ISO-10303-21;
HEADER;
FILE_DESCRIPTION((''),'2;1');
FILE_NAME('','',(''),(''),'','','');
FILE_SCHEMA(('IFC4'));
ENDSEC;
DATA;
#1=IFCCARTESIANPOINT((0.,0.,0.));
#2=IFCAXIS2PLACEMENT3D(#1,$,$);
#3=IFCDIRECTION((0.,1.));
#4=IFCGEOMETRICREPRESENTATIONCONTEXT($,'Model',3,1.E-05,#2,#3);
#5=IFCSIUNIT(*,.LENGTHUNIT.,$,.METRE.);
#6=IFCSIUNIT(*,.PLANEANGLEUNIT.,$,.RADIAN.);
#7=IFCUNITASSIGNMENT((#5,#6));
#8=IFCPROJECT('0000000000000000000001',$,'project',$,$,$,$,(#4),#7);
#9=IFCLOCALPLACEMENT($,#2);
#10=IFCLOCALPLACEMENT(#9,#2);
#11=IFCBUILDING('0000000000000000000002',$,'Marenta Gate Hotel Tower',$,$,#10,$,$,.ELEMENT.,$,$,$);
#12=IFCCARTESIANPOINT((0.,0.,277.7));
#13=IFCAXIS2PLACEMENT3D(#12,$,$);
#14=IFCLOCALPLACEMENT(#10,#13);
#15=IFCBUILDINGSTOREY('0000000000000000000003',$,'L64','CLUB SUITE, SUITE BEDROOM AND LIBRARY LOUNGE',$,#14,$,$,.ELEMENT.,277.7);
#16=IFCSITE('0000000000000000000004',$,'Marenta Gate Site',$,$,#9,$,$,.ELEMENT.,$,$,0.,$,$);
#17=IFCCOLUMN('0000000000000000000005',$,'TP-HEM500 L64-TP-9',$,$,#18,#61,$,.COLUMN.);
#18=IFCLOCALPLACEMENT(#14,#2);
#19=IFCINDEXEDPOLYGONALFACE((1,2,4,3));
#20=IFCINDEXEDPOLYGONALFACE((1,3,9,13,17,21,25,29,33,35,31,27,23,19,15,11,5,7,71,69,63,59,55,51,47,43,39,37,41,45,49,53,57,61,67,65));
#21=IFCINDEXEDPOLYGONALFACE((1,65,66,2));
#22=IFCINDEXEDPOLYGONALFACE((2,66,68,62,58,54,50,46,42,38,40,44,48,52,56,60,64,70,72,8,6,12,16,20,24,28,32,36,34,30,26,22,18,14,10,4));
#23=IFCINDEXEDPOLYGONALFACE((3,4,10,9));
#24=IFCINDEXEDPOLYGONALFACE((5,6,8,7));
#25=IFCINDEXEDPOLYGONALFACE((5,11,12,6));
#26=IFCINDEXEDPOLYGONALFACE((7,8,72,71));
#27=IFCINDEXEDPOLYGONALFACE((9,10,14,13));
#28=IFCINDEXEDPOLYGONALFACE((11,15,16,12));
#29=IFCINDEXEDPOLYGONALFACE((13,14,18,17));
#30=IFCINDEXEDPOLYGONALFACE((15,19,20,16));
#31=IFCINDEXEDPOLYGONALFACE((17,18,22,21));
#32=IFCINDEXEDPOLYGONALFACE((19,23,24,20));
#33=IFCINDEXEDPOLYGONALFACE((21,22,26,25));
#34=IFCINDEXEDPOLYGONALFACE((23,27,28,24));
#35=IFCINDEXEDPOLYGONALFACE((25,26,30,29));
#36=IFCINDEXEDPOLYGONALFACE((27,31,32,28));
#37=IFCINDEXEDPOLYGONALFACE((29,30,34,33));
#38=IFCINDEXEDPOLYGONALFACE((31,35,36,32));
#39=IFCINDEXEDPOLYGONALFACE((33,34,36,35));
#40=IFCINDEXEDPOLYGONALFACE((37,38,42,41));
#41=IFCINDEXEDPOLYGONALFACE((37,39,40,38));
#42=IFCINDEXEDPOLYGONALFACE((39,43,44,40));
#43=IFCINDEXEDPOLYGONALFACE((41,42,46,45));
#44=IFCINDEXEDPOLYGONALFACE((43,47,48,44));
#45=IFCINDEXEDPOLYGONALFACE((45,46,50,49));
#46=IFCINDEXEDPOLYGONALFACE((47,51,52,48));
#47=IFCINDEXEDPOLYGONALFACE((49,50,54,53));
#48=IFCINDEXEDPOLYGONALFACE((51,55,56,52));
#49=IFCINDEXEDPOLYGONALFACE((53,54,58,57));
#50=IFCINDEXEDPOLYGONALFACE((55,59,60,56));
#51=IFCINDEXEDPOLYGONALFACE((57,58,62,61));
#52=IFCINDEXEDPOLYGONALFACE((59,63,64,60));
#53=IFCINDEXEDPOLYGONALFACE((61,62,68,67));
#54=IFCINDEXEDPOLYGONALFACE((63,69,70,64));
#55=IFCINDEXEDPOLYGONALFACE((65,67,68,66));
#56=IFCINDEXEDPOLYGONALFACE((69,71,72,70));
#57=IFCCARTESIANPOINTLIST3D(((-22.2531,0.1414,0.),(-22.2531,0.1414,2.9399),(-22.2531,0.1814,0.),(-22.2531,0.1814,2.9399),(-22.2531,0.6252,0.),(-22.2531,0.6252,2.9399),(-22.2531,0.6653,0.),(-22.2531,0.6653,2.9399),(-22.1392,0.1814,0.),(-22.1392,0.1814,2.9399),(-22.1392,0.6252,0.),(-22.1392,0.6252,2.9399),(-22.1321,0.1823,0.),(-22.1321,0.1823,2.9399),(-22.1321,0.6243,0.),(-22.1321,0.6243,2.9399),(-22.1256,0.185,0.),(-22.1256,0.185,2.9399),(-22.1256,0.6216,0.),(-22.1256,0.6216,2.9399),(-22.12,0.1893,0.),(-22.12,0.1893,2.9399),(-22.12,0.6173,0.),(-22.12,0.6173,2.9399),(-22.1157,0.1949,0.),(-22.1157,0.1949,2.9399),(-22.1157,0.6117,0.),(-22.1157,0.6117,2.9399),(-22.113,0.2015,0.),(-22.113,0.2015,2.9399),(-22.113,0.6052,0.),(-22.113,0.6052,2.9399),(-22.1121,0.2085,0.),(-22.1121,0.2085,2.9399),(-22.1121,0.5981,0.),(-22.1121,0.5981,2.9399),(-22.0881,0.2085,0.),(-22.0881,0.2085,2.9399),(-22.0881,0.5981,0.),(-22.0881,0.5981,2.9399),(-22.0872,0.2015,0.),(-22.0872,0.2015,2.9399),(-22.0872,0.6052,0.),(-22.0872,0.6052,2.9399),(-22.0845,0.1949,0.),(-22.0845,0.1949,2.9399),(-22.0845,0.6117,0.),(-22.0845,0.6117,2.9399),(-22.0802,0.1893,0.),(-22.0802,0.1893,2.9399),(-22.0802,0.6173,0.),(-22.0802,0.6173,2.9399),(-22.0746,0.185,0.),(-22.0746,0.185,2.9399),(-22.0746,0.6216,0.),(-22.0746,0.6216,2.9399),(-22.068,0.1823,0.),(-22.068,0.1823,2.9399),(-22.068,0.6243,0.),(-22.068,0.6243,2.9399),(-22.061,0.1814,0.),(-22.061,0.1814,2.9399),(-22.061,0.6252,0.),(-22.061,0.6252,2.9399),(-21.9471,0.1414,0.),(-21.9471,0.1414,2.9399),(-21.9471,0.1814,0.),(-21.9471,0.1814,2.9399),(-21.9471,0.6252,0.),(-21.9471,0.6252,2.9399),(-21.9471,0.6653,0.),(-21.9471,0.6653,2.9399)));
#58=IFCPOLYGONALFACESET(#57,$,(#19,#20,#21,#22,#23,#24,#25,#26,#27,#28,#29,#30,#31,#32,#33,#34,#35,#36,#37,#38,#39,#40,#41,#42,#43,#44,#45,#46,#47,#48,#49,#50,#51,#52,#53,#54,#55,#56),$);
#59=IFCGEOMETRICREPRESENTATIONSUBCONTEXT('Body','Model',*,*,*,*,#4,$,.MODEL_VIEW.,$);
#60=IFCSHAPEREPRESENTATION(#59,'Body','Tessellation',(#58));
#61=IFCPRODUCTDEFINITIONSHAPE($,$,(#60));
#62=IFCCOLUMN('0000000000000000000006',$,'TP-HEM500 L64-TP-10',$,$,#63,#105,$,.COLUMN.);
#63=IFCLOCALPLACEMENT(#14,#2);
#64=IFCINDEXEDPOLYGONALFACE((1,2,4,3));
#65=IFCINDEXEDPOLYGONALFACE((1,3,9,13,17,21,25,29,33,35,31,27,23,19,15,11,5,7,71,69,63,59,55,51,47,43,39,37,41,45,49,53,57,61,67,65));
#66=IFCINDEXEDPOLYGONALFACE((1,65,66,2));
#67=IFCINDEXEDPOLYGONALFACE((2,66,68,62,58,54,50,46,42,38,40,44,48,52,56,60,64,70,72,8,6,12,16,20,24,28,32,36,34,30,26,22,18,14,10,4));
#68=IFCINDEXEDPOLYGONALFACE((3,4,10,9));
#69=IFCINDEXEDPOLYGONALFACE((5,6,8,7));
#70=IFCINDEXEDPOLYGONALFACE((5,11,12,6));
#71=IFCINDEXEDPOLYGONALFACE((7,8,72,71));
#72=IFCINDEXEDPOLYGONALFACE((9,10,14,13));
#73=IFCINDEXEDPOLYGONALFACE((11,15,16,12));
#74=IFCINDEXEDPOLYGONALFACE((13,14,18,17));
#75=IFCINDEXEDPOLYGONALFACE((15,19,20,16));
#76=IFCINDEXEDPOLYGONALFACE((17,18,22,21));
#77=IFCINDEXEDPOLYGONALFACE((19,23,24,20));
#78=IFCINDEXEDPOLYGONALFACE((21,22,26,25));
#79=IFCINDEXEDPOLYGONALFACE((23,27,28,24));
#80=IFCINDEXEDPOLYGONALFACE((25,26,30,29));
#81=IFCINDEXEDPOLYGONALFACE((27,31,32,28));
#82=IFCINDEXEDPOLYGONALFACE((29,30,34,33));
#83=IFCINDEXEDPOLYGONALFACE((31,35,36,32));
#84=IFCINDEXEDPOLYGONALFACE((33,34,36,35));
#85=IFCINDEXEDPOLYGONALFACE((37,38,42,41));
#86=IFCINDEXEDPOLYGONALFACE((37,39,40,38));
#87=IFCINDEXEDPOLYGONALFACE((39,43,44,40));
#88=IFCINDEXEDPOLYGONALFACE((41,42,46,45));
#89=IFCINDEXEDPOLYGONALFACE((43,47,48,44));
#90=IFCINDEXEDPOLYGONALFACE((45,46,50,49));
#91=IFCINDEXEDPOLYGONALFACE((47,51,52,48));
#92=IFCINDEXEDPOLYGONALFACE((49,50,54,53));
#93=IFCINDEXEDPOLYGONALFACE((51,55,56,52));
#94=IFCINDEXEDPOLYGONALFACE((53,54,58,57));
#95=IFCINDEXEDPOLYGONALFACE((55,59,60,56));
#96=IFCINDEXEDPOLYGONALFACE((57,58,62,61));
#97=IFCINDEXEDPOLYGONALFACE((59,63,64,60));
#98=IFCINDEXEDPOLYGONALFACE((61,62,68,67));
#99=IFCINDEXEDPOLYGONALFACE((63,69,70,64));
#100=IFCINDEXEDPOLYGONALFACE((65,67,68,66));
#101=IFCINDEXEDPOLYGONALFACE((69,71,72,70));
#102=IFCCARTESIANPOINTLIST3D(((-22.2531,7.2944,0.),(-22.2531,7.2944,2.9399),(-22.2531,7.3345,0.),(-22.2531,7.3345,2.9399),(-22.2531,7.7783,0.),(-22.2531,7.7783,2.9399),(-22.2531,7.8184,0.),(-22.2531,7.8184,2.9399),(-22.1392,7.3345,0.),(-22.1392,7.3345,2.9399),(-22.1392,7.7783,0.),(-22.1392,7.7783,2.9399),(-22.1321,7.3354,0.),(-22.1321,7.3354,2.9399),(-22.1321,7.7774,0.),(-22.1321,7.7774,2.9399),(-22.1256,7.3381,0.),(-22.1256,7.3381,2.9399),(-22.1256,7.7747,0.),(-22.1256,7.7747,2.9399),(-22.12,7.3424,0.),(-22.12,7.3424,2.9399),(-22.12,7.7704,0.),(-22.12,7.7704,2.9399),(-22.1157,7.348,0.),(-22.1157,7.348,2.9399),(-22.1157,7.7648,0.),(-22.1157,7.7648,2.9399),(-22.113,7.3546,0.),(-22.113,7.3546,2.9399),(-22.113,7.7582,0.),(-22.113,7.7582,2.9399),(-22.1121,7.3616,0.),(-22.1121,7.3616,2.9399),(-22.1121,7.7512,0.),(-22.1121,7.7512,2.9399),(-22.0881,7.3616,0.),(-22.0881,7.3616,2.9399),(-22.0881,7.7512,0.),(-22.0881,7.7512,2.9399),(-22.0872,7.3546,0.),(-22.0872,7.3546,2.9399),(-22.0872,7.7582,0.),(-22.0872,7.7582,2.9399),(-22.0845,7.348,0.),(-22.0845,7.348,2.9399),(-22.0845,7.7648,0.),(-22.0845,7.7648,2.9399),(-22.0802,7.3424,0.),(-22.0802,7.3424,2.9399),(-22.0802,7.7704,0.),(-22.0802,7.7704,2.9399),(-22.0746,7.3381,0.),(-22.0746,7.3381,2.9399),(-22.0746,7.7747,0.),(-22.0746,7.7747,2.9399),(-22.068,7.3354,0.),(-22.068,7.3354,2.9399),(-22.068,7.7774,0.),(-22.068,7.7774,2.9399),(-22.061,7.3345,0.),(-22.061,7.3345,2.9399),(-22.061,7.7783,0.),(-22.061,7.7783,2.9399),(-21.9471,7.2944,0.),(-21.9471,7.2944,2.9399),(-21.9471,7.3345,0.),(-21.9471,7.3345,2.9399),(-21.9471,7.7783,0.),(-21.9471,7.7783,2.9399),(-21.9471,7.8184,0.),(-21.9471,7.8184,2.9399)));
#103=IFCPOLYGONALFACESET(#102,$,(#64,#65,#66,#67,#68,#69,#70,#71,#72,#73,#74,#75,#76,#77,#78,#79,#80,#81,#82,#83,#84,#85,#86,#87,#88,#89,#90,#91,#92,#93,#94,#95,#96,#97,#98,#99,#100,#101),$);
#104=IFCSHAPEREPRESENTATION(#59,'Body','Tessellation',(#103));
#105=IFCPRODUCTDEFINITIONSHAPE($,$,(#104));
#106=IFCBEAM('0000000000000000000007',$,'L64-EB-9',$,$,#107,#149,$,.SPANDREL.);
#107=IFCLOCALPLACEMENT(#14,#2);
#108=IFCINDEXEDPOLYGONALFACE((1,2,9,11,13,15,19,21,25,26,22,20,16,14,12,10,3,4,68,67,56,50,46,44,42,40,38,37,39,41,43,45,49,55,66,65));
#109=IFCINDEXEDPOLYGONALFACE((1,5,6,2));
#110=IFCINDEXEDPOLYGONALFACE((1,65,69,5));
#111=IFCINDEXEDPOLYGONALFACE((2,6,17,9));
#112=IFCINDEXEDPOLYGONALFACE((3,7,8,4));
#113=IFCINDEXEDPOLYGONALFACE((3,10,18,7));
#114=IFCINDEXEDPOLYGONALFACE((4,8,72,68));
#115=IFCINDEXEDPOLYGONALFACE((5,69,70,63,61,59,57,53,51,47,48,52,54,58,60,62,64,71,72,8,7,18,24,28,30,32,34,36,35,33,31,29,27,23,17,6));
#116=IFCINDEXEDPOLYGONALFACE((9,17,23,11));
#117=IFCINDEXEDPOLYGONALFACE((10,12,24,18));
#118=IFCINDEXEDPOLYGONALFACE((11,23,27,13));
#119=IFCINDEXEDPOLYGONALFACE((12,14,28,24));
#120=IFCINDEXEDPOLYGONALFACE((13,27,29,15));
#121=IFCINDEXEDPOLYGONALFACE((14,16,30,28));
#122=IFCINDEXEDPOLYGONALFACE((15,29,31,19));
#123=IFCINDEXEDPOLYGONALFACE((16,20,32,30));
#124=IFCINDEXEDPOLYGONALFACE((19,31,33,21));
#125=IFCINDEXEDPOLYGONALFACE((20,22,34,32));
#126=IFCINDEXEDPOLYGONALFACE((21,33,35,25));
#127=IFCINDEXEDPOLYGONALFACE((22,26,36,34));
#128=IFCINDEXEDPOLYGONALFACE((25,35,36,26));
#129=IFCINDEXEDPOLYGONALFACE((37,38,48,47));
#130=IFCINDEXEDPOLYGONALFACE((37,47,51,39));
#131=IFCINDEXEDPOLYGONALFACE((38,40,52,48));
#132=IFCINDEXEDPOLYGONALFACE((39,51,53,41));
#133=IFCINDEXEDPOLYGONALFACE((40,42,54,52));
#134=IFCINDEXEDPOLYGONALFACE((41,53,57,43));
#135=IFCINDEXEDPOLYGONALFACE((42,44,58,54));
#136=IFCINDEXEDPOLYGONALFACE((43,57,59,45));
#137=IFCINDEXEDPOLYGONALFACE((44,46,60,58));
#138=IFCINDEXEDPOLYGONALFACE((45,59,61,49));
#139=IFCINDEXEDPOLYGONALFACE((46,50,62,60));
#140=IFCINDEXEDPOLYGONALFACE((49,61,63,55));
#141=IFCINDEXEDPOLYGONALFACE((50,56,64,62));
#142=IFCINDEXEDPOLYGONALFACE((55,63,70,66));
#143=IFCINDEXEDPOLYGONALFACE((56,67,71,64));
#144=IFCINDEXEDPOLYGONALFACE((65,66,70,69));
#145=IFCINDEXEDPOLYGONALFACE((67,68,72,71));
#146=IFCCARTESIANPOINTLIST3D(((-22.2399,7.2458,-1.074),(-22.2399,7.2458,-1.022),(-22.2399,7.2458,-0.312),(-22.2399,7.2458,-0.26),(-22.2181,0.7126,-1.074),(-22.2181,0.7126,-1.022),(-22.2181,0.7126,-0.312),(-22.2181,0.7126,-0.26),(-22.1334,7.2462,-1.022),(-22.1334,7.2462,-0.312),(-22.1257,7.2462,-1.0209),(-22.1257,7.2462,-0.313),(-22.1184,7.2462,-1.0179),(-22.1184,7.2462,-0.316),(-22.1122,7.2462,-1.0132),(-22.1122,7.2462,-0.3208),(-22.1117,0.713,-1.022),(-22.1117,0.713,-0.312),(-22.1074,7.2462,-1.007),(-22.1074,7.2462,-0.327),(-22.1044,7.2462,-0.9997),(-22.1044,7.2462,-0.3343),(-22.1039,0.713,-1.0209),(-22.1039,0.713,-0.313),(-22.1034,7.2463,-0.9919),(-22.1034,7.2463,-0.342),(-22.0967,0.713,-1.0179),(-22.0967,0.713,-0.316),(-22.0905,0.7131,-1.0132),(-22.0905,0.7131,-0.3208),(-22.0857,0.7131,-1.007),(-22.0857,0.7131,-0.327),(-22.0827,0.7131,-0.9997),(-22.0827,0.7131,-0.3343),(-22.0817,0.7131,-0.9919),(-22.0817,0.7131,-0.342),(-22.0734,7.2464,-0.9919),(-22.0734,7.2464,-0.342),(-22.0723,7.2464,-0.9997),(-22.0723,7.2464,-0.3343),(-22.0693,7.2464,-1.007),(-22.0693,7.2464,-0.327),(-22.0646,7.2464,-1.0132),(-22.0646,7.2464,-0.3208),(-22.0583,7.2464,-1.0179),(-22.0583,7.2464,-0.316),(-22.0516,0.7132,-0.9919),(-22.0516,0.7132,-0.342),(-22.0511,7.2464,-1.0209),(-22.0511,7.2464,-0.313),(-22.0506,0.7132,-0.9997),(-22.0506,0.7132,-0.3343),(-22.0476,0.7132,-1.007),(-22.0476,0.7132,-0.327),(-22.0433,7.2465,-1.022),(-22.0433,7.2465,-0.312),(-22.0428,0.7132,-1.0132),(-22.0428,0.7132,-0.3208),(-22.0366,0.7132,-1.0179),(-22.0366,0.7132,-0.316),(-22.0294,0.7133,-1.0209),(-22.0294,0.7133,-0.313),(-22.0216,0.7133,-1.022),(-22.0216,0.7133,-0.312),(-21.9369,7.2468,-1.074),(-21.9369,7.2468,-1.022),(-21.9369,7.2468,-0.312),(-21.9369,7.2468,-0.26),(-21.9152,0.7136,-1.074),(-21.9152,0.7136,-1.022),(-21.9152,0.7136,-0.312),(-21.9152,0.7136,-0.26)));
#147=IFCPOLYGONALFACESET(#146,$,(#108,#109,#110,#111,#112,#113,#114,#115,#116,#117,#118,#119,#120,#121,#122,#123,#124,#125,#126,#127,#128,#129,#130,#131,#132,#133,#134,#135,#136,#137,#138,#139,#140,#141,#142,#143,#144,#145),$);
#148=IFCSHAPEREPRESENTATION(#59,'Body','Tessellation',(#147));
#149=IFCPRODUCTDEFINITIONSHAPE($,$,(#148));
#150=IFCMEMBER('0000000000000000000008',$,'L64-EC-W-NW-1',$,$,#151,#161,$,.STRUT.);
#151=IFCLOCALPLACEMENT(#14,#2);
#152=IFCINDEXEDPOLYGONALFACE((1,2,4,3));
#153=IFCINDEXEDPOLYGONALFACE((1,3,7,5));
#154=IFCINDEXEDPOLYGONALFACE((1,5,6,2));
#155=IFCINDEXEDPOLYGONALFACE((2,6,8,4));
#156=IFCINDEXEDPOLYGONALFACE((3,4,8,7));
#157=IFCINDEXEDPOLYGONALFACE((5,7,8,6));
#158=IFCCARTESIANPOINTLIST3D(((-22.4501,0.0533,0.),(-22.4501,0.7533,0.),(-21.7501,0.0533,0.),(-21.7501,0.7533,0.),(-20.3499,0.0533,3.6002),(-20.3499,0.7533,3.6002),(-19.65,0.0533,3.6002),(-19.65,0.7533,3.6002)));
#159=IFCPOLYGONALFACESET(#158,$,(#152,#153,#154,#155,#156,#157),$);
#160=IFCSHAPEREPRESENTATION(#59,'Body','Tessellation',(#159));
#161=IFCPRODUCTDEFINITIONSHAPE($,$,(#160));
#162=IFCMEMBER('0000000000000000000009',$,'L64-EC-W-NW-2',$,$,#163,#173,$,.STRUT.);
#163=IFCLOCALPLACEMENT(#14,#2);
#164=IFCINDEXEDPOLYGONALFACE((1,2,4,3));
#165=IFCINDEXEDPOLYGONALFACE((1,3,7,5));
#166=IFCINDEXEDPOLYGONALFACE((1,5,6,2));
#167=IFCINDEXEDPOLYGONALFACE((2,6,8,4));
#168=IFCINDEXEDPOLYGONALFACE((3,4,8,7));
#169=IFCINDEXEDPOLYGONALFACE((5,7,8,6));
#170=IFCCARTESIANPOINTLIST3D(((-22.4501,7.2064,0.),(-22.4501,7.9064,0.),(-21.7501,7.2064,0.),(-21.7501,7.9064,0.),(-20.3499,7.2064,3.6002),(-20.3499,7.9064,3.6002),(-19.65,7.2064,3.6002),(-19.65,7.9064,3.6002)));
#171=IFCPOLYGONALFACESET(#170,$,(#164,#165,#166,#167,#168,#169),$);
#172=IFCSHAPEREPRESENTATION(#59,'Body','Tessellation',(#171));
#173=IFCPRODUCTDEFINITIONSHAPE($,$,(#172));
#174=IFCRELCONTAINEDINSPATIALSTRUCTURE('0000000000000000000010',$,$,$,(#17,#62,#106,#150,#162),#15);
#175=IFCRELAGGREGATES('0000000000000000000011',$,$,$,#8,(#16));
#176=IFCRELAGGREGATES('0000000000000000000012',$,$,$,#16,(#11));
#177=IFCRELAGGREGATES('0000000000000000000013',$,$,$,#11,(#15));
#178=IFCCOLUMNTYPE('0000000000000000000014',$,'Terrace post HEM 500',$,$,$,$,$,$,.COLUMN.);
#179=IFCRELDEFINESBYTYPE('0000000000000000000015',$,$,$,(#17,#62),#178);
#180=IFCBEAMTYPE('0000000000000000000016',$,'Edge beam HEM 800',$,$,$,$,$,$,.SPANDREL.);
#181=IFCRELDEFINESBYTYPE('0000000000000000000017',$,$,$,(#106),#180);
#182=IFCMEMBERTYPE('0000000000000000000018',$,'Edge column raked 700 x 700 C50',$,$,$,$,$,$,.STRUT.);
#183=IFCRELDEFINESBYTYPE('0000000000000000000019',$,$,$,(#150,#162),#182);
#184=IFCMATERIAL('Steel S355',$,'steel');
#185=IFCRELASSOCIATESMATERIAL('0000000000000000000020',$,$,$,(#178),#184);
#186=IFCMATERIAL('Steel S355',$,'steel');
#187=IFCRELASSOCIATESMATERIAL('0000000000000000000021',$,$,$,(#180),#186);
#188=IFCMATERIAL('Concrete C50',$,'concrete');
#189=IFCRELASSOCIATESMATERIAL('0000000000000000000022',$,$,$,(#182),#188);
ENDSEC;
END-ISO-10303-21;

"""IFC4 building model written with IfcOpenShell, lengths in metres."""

from ifc_helpers import new_model, si_unit, direction, frame, origin, origin_2d, place, context, subcontext, project, spatial, rectangle, i_section, extrude, material, material_profile, profile_set, type_object, element, save


model = new_model("IFC4")

# Units and contexts
model_context = context("Model", 3, precision=1e-05, world=origin(), true_north=direction((0.0, 1.0)))
body_context = subcontext(model_context, "Body", "Model", "MODEL_VIEW")
ifc_project = project(units=[si_unit("LENGTHUNIT", "METRE"), si_unit("PLANEANGLEUNIT", "RADIAN")], contexts=[model_context])

# Site, building, storey
site_placement = place(None, origin())
site = spatial("IfcSite", under=ifc_project, at=site_placement, Name="Marenta Gate Site", CompositionType="ELEMENT", RefElevation=0.0)
building_placement = place(site_placement, origin())
building = spatial("IfcBuilding", under=site, at=building_placement, Name="Marenta Gate Hotel Tower", CompositionType="ELEMENT")
storey_placement = place(building_placement, frame((0.0, 0.0, 277.7)))
storey = spatial("IfcBuildingStorey", under=building, at=storey_placement, Name="L64", Description="CLUB SUITE, SUITE BEDROOM AND LIBRARY LOUNGE", CompositionType="ELEMENT", Elevation=277.7)

# Columns
ifc_material_1 = material(Name="Steel S355", Category="steel")
ifc_material_profile_1 = material_profile(ifc_material_1, i_section(OverallWidth=0.3059, OverallDepth=0.5239, WebThickness=0.0239, FlangeThickness=0.04, FilletRadius=0.0271, at=origin_2d()), Name="HEM 500")
ifc_profile_set_1 = profile_set([ifc_material_profile_1], Name="Steel S355")
column_type = type_object("IfcColumnType", Name="Terrace post HEM 500", PredefinedType="COLUMN", material=ifc_profile_set_1)
for number, where, z_axis, x_axis, name in (
    (1, (-22.1001, 0.4033, 0.0), (0.0, 0.0, 1.0), (1.0, 0.0, 0.0), "TP-HEM500 L64-TP-9"),
    (2, (-22.1001, 7.5564, 0.0), (0.0, 0.0, 1.0), (1.0, 0.0, 0.0), "TP-HEM500 L64-TP-10"),
):
    element("IfcColumn", number, at=place(storey_placement, frame(where, z_axis=z_axis, x_axis=x_axis)), inside=storey, type_object=column_type, Name=name, PredefinedType="COLUMN", context=body_context, shape_type="SweptSolid", body=[
        extrude(i_section(OverallWidth=0.3059, OverallDepth=0.5239, WebThickness=0.0239, FlangeThickness=0.04, FilletRadius=0.0271, at=origin_2d()), origin(), (0.0, 0.0, 1.0), 2.9399),
    ])

# Beam
ifc_material_2 = material(Name="Steel S355", Category="steel")
ifc_material_profile_2 = material_profile(ifc_material_2, i_section(OverallWidth=0.303, OverallDepth=0.814, WebThickness=0.03, FlangeThickness=0.052, FilletRadius=0.03, at=origin_2d()), Name="HEM 800")
ifc_profile_set_2 = profile_set([ifc_material_profile_2], Name="Steel S355")
beam_type_1 = type_object("IfcBeamType", Name="Edge beam HEM 800", PredefinedType="SPANDREL", material=ifc_profile_set_2)
beam_1_placement = place(storey_placement, frame((-22.0667, 0.7131, -0.667), z_axis=(-0.003326, 0.999994, 0.0), x_axis=(-0.999994, -0.003326, 0.0)))
element("IfcBeam", 3, at=beam_1_placement, inside=storey, type_object=beam_type_1, Name="L64-EB-9", PredefinedType="SPANDREL", context=body_context, shape_type="SweptSolid", body=[
    extrude(i_section(OverallWidth=0.303, OverallDepth=0.814, WebThickness=0.03, FlangeThickness=0.052, FilletRadius=0.03, at=origin_2d()), origin(), (0.0, 0.0, 1.0), 6.5332),
])

# Members
ifc_material_3 = material(Name="Concrete C50", Category="concrete")
ifc_material_profile_3 = material_profile(ifc_material_3, rectangle(XDim=0.7, YDim=0.7, at=origin_2d()), Name="700 x 700")
ifc_profile_set_3 = profile_set([ifc_material_profile_3], Name="Concrete C50")
member_type_1 = type_object("IfcMemberType", Name="Edge column raked 700 x 700 C50", PredefinedType="STRUT", material=ifc_profile_set_3)
for number, where, z_axis, x_axis, name in (
    (4, (-22.1001, 0.4033, 0.0), (0.0, 0.0, 1.0), (1.0, 0.0, 0.0), "L64-EC-W-NW-1"),
    (5, (-22.1001, 7.5564, 0.0), (0.0, 0.0, 1.0), (1.0, 0.0, 0.0), "L64-EC-W-NW-2"),
):
    element("IfcMember", number, at=place(storey_placement, frame(where, z_axis=z_axis, x_axis=x_axis)), inside=storey, type_object=member_type_1, Name=name, PredefinedType="STRUT", context=body_context, shape_type="SweptSolid", body=[
        extrude(rectangle(XDim=0.7, YDim=0.7, at=origin_2d()), origin(), (0.503878, 0.0, 0.863775), 4.168),
    ])

save(model, "model.ifc")
